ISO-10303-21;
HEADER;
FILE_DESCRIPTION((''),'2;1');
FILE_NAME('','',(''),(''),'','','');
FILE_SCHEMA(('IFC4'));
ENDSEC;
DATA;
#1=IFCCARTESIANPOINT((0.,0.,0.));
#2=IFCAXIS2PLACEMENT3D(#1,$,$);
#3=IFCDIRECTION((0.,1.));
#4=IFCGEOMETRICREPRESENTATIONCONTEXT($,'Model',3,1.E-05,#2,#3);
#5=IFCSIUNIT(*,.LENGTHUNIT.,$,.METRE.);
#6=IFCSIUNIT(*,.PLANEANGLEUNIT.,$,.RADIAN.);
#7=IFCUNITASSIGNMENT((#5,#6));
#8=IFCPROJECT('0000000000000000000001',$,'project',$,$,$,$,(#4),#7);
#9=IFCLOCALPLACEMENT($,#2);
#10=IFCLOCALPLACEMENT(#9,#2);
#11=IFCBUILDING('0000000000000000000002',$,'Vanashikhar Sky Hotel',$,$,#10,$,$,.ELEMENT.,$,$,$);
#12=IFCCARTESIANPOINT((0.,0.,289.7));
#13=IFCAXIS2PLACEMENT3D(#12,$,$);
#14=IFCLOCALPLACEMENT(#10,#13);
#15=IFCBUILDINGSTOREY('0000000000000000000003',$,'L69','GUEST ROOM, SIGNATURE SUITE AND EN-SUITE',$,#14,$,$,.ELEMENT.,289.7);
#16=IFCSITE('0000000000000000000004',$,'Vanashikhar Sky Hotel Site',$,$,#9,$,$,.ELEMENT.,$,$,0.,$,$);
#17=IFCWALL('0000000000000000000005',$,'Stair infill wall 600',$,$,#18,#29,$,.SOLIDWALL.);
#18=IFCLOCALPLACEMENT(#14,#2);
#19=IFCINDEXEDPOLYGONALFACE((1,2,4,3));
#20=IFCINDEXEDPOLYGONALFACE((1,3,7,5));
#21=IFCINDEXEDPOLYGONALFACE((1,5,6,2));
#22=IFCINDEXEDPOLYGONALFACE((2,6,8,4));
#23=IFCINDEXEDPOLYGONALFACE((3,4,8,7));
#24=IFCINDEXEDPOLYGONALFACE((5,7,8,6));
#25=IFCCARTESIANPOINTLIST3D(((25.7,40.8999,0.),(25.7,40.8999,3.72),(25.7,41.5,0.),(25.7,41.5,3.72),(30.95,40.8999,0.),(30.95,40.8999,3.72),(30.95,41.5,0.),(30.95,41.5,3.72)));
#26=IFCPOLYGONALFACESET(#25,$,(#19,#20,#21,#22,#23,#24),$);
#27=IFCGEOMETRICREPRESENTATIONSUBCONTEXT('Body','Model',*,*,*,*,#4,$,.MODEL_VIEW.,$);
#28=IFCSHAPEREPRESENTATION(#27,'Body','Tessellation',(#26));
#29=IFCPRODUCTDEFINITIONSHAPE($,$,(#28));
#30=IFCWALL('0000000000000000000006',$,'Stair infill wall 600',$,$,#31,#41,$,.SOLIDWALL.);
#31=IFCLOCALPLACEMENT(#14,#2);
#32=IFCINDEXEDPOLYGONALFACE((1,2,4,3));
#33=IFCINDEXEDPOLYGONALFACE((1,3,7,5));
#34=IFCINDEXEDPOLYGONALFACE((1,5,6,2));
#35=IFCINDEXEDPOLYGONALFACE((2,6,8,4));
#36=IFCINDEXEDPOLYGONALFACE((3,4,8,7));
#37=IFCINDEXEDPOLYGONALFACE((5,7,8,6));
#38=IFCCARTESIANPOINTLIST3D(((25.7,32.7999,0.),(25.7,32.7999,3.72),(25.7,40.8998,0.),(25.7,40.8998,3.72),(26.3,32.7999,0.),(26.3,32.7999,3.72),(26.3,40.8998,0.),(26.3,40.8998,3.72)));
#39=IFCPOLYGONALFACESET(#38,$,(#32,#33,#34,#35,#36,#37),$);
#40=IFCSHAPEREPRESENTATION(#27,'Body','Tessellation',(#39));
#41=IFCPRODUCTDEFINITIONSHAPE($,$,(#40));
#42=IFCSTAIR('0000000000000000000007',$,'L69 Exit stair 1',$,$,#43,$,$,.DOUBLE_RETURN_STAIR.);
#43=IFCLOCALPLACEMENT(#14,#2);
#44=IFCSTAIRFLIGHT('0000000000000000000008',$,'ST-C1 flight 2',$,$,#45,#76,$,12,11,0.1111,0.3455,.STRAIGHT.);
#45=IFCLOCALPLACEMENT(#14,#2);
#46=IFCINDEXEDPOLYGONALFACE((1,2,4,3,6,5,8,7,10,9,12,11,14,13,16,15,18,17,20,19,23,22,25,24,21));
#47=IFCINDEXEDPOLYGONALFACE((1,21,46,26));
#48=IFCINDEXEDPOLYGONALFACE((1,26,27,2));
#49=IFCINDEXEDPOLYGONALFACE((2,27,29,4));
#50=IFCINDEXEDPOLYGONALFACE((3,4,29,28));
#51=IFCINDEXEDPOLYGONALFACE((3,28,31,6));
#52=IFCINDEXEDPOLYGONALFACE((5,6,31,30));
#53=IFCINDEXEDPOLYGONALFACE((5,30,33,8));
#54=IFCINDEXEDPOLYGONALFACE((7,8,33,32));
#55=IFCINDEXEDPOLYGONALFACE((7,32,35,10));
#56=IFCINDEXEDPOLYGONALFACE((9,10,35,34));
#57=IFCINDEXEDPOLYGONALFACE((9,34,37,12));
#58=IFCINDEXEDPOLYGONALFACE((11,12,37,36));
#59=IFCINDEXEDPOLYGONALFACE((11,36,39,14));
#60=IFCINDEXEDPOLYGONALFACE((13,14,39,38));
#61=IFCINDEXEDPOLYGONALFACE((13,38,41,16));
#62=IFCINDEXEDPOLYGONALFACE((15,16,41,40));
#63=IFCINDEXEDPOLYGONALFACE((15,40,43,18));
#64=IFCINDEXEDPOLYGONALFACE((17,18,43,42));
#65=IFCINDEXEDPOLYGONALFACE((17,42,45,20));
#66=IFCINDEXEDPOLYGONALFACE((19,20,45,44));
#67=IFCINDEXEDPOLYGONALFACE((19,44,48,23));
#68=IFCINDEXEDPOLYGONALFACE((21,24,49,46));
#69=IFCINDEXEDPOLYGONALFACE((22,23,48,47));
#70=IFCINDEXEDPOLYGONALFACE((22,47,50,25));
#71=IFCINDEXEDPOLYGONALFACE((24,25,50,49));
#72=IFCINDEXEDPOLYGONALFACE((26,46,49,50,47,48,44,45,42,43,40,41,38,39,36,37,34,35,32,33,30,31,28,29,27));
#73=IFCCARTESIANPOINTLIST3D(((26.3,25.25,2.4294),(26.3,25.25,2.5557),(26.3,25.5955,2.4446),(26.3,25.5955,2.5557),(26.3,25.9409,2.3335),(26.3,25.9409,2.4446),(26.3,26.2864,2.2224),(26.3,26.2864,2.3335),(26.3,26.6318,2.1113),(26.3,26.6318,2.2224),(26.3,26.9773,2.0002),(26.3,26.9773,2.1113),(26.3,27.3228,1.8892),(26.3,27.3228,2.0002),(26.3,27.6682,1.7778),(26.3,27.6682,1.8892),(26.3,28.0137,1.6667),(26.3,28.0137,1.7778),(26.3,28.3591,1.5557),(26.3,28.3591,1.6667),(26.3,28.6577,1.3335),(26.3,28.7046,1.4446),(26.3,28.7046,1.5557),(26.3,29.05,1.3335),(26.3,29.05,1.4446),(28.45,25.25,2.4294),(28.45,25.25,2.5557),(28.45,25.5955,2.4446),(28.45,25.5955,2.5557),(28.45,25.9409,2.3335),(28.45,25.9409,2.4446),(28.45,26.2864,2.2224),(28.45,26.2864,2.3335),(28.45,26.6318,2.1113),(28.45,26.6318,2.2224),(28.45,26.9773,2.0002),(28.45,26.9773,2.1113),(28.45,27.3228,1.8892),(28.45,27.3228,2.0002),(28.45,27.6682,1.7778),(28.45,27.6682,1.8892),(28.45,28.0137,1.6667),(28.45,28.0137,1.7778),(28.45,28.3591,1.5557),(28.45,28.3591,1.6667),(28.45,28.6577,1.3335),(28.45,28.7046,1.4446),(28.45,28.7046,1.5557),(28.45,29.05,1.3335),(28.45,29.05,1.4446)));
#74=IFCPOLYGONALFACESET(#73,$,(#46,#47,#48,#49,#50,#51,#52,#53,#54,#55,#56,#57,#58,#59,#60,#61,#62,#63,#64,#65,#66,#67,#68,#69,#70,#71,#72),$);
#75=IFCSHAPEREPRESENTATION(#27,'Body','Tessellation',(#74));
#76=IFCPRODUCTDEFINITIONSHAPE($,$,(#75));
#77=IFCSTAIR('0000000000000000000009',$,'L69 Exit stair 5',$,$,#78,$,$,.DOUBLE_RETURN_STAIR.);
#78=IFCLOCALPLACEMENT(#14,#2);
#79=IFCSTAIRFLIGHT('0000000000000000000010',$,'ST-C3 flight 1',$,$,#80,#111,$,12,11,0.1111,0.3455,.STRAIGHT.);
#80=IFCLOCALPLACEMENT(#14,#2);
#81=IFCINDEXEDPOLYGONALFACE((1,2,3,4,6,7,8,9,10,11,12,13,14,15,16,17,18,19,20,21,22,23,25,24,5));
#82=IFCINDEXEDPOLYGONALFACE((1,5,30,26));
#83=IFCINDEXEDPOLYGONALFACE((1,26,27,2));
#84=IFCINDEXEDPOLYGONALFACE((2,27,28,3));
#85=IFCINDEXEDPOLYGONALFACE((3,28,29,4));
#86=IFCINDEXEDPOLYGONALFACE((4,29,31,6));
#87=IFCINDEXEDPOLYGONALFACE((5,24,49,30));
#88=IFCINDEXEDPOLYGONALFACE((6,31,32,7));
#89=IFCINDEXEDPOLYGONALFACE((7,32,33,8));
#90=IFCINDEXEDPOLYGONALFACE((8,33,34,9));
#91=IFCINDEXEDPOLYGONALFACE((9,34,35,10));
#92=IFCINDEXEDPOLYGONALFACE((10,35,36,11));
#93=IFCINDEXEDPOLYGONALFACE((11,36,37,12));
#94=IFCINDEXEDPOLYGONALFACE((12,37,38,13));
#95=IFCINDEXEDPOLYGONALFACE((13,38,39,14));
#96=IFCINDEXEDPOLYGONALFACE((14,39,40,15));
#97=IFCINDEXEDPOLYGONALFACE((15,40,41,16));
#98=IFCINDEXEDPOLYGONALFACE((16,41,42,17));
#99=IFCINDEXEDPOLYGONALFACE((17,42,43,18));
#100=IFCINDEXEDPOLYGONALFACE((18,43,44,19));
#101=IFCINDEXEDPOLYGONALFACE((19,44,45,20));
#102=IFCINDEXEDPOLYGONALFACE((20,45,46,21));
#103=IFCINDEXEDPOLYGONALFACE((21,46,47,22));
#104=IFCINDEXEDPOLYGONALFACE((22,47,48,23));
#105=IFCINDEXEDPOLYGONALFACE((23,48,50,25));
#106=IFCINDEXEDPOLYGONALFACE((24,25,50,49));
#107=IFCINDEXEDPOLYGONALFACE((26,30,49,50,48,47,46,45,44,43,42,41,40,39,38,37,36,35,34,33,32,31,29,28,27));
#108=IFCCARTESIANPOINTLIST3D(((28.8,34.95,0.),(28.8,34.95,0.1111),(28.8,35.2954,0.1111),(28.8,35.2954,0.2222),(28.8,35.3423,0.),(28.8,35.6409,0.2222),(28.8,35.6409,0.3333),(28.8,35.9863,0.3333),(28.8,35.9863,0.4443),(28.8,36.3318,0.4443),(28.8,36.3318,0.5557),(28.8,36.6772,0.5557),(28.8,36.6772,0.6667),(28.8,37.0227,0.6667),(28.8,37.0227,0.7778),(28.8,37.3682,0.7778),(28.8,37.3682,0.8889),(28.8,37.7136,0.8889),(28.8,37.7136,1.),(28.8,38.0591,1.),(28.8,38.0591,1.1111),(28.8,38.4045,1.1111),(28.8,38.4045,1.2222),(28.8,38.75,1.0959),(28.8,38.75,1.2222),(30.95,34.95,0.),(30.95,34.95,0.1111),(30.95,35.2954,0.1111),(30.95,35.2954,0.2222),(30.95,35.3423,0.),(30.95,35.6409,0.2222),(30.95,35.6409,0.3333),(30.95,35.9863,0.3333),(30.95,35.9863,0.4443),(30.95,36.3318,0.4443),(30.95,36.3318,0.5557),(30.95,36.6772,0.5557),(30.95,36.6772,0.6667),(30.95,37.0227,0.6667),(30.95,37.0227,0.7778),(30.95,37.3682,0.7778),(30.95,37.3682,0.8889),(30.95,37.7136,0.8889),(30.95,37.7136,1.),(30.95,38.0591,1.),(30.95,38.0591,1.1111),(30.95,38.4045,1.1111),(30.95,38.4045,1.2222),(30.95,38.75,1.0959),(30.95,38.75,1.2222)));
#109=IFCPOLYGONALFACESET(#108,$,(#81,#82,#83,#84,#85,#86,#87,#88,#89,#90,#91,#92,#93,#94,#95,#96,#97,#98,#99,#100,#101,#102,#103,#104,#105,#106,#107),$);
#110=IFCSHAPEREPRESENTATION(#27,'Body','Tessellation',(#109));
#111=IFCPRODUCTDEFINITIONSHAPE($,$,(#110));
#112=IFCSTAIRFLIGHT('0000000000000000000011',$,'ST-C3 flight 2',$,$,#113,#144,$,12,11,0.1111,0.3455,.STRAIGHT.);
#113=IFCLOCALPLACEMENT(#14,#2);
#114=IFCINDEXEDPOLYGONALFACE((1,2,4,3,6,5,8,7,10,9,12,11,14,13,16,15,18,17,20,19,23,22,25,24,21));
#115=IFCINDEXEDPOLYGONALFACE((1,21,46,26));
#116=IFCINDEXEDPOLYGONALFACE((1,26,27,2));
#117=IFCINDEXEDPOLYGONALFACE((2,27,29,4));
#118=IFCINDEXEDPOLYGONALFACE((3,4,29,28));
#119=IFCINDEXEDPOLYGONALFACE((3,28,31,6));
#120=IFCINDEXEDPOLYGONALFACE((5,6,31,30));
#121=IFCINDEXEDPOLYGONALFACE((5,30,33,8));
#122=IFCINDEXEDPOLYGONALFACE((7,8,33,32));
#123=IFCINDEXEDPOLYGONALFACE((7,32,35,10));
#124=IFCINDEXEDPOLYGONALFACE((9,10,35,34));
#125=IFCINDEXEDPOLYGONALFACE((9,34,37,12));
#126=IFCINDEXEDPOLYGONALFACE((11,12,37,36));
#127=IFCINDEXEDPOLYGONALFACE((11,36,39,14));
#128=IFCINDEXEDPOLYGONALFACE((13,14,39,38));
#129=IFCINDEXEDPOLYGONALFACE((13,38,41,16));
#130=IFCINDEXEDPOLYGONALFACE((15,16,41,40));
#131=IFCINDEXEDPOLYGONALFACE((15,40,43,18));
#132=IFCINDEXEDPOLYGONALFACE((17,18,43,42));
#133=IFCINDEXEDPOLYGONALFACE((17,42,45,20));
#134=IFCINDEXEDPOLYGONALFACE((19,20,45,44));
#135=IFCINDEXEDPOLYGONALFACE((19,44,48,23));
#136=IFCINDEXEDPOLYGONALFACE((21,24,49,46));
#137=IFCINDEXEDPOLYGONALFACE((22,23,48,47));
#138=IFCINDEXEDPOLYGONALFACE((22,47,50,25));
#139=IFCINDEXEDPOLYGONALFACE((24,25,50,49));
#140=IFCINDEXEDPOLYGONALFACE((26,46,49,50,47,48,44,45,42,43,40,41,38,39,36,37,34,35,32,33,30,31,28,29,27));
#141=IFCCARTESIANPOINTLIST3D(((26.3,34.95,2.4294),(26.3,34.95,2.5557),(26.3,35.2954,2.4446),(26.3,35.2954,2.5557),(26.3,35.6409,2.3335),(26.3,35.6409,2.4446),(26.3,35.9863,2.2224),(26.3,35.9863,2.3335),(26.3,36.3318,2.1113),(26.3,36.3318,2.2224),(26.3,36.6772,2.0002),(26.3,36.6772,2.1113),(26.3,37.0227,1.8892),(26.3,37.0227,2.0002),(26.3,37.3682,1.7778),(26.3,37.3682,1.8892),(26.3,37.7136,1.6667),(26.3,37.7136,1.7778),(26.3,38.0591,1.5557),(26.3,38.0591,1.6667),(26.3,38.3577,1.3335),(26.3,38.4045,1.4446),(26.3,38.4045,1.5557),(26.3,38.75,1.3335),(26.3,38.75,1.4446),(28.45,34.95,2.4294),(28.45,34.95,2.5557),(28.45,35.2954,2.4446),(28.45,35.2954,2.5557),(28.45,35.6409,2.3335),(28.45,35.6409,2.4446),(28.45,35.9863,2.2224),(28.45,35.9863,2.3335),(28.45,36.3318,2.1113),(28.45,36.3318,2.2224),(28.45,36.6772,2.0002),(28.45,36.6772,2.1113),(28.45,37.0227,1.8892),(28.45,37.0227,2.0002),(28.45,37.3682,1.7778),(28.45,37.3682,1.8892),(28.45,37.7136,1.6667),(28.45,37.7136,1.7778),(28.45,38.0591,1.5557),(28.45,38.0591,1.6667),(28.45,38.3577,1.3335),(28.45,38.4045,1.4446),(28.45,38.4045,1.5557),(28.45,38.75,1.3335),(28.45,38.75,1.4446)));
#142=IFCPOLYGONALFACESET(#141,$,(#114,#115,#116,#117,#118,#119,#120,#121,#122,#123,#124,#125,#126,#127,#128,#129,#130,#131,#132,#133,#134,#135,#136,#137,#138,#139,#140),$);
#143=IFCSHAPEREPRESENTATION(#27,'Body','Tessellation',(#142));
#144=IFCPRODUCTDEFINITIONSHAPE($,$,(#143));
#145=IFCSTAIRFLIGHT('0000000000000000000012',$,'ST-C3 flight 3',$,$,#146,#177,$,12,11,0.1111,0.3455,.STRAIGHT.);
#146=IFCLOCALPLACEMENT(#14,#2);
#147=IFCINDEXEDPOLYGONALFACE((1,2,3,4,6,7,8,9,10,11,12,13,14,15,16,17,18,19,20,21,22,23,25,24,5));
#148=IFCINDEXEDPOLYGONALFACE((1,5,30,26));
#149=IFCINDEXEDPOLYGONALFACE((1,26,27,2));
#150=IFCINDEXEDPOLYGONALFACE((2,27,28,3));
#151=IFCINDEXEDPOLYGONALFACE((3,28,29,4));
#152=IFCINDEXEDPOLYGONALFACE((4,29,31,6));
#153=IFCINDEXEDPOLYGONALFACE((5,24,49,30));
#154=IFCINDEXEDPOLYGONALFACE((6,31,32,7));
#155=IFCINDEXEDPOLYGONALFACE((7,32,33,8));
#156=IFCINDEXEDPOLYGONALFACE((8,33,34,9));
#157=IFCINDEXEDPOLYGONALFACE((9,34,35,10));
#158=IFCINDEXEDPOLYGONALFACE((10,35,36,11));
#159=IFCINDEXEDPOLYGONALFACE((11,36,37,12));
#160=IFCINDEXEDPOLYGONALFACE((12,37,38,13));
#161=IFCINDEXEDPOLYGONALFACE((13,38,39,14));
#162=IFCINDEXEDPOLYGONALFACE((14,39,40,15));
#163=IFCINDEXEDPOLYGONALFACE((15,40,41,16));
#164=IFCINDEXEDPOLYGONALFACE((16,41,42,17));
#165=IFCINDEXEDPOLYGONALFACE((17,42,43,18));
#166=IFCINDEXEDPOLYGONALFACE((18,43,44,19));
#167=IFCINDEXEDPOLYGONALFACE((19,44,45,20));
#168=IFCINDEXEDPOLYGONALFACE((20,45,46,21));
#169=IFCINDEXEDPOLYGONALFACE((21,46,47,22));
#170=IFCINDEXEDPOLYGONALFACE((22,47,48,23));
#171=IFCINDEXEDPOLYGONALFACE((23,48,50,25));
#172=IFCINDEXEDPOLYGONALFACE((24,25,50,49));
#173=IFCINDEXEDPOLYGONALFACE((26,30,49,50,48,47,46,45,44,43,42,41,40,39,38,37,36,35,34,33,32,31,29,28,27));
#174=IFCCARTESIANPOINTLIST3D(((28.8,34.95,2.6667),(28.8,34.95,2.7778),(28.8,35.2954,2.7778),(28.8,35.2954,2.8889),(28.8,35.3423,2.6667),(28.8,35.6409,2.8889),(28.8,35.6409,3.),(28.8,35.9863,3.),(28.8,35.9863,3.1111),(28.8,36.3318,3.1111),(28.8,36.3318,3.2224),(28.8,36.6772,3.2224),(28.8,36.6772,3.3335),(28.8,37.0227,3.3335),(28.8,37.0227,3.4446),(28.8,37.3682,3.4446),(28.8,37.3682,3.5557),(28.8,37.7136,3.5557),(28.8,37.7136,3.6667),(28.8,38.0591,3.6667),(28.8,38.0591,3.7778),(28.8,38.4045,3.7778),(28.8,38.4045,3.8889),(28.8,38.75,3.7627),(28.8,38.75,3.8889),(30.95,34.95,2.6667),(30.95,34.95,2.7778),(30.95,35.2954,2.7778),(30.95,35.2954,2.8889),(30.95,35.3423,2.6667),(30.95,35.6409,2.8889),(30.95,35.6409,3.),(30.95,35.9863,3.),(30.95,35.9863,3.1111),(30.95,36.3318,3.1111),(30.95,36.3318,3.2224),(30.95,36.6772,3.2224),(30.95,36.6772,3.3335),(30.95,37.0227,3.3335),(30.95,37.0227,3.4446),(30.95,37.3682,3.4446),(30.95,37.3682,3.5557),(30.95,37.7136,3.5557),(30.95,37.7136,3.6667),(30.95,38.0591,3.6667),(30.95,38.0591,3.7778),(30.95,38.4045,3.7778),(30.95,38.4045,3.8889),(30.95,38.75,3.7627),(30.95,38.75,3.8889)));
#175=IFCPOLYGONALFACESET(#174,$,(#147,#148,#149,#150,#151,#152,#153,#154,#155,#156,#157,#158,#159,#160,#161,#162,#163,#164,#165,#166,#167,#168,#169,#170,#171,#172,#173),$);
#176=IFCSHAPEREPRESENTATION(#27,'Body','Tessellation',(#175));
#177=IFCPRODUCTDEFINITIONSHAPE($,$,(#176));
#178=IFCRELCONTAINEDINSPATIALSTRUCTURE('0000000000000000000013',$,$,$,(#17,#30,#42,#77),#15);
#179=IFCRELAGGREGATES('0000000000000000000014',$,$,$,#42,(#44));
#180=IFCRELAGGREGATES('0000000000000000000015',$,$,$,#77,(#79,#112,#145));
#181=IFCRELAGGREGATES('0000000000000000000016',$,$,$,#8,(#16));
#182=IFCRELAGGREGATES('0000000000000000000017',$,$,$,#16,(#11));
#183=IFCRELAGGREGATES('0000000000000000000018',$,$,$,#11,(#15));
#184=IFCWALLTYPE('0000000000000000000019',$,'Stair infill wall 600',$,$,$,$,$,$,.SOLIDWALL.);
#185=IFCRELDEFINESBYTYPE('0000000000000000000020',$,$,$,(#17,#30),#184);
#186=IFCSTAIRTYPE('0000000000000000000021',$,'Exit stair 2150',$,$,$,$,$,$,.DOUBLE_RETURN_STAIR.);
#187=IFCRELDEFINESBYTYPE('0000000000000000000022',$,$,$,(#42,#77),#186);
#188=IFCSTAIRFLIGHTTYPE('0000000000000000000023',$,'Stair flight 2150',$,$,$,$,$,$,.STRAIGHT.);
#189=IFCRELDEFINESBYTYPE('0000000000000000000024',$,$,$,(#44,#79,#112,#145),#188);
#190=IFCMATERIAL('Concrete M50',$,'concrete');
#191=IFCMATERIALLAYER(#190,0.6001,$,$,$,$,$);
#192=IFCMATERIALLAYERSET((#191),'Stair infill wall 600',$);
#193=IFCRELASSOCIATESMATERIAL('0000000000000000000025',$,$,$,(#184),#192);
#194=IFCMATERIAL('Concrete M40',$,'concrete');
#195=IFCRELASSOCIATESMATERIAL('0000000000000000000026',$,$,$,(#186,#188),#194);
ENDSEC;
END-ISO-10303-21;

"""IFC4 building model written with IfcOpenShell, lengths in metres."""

from ifc_helpers import new_model, si_unit, direction, frame, frame_2d, origin, place, context, subcontext, project, spatial, polyline, rectangle, outline, extrude, source, transform, mapped, material, layer, layer_set, type_object, element, aggregate, save


model = new_model("IFC4")

# Units and contexts
model_context = context("Model", 3, precision=1e-05, world=origin(), true_north=direction((0.0, 1.0)))
body_context = subcontext(model_context, "Body", "Model", "MODEL_VIEW")
ifc_project = project(units=[si_unit("LENGTHUNIT", "METRE"), si_unit("PLANEANGLEUNIT", "RADIAN")], contexts=[model_context])

# Site, building, storey
site_placement = place(None, origin())
site = spatial("IfcSite", under=ifc_project, at=site_placement, Name="Vanashikhar Sky Hotel Site", CompositionType="ELEMENT", RefElevation=0.0)
building_placement = place(site_placement, origin())
building = spatial("IfcBuilding", under=site, at=building_placement, Name="Vanashikhar Sky Hotel", CompositionType="ELEMENT")
storey_placement = place(building_placement, frame((0.0, 0.0, 289.7)))
storey = spatial("IfcBuildingStorey", under=building, at=storey_placement, Name="L69", Description="GUEST ROOM, SIGNATURE SUITE AND EN-SUITE", CompositionType="ELEMENT", Elevation=289.7)

# Shared definitions
ifc_material_1 = material(Name="Concrete M50", Category="concrete")

# Shared definitions
ifc_material_2 = material(Name="Concrete M40", Category="concrete")

# Walls
ifc_layer_1 = layer(ifc_material_1, 0.6001)
ifc_layer_set_1 = layer_set([ifc_layer_1], Name="Stair infill wall 600")
wall_type_1 = type_object("IfcWallType", Name="Stair infill wall 600", PredefinedType="SOLIDWALL", material=ifc_layer_set_1)
shared_shape_1 = source(origin(), body_context, "Body", "SweptSolid", [
    extrude(rectangle(XDim=5.25, YDim=0.6001, at=frame_2d((2.625, 0.0))), origin(), (0.0, 0.0, 1.0), 3.72),
])
wall_1_placement = place(storey_placement, frame((25.7, 41.2, 0.0), z_axis=(0.0, 0.0, 1.0), x_axis=(1.0, 0.0, 0.0)))
element("IfcWall", 1, at=wall_1_placement, inside=storey, type_object=wall_type_1, Name="Stair infill wall 600", PredefinedType="SOLIDWALL", context=body_context, shape_type="MappedRepresentation", body=[
    mapped(shared_shape_1, transform((0.0, 0.0, 0.0), scale=1.0)),
])
shared_shape_2 = source(origin(), body_context, "Body", "SweptSolid", [
    extrude(rectangle(XDim=8.0999, YDim=0.6001, at=frame_2d((4.0498, 0.0))), origin(), (0.0, 0.0, 1.0), 3.72),
])
wall_2_placement = place(storey_placement, frame((26.0, 32.8, 0.0), z_axis=(0.0, 0.0, 1.0), x_axis=(0.0, 1.0, 0.0)))
element("IfcWall", 2, at=wall_2_placement, inside=storey, type_object=wall_type_1, Name="Stair infill wall 600", PredefinedType="SOLIDWALL", context=body_context, shape_type="MappedRepresentation", body=[
    mapped(shared_shape_2, transform((0.0, 0.0, 0.0), scale=1.0)),
])

# Stair, stair flight
stair_type = type_object("IfcStairType", Name="Exit stair 2150", PredefinedType="DOUBLE_RETURN_STAIR", material=ifc_material_2)
stair_1_placement = place(storey_placement, origin())
stair_1 = element("IfcStair", 3, at=stair_1_placement, inside=storey, type_object=stair_type, Name="L69 Exit stair 1", PredefinedType="DOUBLE_RETURN_STAIR")
stair_flight_type = type_object("IfcStairFlightType", Name="Stair flight 2150", PredefinedType="STRAIGHT", material=ifc_material_2)
shared_shape_3 = source(origin(), body_context, "Body", "SweptSolid", [
    extrude(outline(polyline([(0.0, 0.0), (0.0, 0.1111), (0.3455, 0.1111), (0.3455, 0.2222), (0.6909, 0.2222), (0.6909, 0.3333), (1.0364, 0.3333), (1.0364, 0.4443), (1.3818, 0.4443), (1.3818, 0.5557), (1.7273, 0.5557), (1.7273, 0.6667), (2.0728, 0.6667), (2.0728, 0.7778), (2.4182, 0.7778), (2.4182, 0.8889), (2.7637, 0.8889), (2.7637, 1.0), (3.1091, 1.0), (3.1091, 1.1111), (3.4546, 1.1111), (3.4546, 1.2222), (3.8, 1.2222), (3.8, 1.3333), (3.8, 1.0959), (0.3923, 0.0), (0.0, 0.0)])), frame((0.0, 1.075, 0.0), z_axis=(0.0, -1.0, 0.0), x_axis=(1.0, 0.0, 0.0)), (0.0, 0.0, 1.0), 2.1499),
])
stair_flight_1_placement = place(storey_placement, frame((27.375, 29.05, 1.3335), z_axis=(0.0, 0.0, 1.0), x_axis=(0.0, -1.0, 0.0)))
stair_flight_1 = element("IfcStairFlight", 4, at=stair_flight_1_placement, type_object=stair_flight_type, Name="ST-C1 flight 2", NumberOfRisers=12, NumberOfTreads=11, PredefinedType="STRAIGHT", RiserHeight=0.1111, TreadLength=0.3455, context=body_context, shape_type="MappedRepresentation", body=[
    mapped(shared_shape_3, transform((0.0, 0.0, 0.0), scale=1.0)),
])
aggregate(stair_1, [stair_flight_1])

# Stair, stair flights
stair_2_placement = place(storey_placement, origin())
stair_2 = element("IfcStair", 5, at=stair_2_placement, inside=storey, type_object=stair_type, Name="L69 Exit stair 5", PredefinedType="DOUBLE_RETURN_STAIR")
stair_flight_2_placement = place(storey_placement, frame((29.875, 34.95, 0.0), z_axis=(0.0, 0.0, 1.0), x_axis=(0.0, 1.0, 0.0)))
stair_flight_2 = element("IfcStairFlight", 6, at=stair_flight_2_placement, type_object=stair_flight_type, Name="ST-C3 flight 1", NumberOfRisers=12, NumberOfTreads=11, PredefinedType="STRAIGHT", RiserHeight=0.1111, TreadLength=0.3455, context=body_context, shape_type="MappedRepresentation", body=[
    mapped(shared_shape_3, transform((0.0, 0.0, 0.0), scale=1.0)),
])
stair_flight_3_placement = place(storey_placement, frame((27.375, 38.75, 1.3335), z_axis=(0.0, 0.0, 1.0), x_axis=(0.0, -1.0, 0.0)))
stair_flight_3 = element("IfcStairFlight", 7, at=stair_flight_3_placement, type_object=stair_flight_type, Name="ST-C3 flight 2", NumberOfRisers=12, NumberOfTreads=11, PredefinedType="STRAIGHT", RiserHeight=0.1111, TreadLength=0.3455, context=body_context, shape_type="MappedRepresentation", body=[
    mapped(shared_shape_3, transform((0.0, 0.0, 0.0), scale=1.0)),
])
stair_flight_4_placement = place(storey_placement, frame((29.875, 34.95, 2.6667), z_axis=(0.0, 0.0, 1.0), x_axis=(0.0, 1.0, 0.0)))
stair_flight_4 = element("IfcStairFlight", 8, at=stair_flight_4_placement, type_object=stair_flight_type, Name="ST-C3 flight 3", NumberOfRisers=12, NumberOfTreads=11, PredefinedType="STRAIGHT", RiserHeight=0.1111, TreadLength=0.3455, context=body_context, shape_type="MappedRepresentation", body=[
    mapped(shared_shape_3, transform((0.0, 0.0, 0.0), scale=1.0)),
])
aggregate(stair_2, [stair_flight_2, stair_flight_3, stair_flight_4])

save(model, "model.ifc")
